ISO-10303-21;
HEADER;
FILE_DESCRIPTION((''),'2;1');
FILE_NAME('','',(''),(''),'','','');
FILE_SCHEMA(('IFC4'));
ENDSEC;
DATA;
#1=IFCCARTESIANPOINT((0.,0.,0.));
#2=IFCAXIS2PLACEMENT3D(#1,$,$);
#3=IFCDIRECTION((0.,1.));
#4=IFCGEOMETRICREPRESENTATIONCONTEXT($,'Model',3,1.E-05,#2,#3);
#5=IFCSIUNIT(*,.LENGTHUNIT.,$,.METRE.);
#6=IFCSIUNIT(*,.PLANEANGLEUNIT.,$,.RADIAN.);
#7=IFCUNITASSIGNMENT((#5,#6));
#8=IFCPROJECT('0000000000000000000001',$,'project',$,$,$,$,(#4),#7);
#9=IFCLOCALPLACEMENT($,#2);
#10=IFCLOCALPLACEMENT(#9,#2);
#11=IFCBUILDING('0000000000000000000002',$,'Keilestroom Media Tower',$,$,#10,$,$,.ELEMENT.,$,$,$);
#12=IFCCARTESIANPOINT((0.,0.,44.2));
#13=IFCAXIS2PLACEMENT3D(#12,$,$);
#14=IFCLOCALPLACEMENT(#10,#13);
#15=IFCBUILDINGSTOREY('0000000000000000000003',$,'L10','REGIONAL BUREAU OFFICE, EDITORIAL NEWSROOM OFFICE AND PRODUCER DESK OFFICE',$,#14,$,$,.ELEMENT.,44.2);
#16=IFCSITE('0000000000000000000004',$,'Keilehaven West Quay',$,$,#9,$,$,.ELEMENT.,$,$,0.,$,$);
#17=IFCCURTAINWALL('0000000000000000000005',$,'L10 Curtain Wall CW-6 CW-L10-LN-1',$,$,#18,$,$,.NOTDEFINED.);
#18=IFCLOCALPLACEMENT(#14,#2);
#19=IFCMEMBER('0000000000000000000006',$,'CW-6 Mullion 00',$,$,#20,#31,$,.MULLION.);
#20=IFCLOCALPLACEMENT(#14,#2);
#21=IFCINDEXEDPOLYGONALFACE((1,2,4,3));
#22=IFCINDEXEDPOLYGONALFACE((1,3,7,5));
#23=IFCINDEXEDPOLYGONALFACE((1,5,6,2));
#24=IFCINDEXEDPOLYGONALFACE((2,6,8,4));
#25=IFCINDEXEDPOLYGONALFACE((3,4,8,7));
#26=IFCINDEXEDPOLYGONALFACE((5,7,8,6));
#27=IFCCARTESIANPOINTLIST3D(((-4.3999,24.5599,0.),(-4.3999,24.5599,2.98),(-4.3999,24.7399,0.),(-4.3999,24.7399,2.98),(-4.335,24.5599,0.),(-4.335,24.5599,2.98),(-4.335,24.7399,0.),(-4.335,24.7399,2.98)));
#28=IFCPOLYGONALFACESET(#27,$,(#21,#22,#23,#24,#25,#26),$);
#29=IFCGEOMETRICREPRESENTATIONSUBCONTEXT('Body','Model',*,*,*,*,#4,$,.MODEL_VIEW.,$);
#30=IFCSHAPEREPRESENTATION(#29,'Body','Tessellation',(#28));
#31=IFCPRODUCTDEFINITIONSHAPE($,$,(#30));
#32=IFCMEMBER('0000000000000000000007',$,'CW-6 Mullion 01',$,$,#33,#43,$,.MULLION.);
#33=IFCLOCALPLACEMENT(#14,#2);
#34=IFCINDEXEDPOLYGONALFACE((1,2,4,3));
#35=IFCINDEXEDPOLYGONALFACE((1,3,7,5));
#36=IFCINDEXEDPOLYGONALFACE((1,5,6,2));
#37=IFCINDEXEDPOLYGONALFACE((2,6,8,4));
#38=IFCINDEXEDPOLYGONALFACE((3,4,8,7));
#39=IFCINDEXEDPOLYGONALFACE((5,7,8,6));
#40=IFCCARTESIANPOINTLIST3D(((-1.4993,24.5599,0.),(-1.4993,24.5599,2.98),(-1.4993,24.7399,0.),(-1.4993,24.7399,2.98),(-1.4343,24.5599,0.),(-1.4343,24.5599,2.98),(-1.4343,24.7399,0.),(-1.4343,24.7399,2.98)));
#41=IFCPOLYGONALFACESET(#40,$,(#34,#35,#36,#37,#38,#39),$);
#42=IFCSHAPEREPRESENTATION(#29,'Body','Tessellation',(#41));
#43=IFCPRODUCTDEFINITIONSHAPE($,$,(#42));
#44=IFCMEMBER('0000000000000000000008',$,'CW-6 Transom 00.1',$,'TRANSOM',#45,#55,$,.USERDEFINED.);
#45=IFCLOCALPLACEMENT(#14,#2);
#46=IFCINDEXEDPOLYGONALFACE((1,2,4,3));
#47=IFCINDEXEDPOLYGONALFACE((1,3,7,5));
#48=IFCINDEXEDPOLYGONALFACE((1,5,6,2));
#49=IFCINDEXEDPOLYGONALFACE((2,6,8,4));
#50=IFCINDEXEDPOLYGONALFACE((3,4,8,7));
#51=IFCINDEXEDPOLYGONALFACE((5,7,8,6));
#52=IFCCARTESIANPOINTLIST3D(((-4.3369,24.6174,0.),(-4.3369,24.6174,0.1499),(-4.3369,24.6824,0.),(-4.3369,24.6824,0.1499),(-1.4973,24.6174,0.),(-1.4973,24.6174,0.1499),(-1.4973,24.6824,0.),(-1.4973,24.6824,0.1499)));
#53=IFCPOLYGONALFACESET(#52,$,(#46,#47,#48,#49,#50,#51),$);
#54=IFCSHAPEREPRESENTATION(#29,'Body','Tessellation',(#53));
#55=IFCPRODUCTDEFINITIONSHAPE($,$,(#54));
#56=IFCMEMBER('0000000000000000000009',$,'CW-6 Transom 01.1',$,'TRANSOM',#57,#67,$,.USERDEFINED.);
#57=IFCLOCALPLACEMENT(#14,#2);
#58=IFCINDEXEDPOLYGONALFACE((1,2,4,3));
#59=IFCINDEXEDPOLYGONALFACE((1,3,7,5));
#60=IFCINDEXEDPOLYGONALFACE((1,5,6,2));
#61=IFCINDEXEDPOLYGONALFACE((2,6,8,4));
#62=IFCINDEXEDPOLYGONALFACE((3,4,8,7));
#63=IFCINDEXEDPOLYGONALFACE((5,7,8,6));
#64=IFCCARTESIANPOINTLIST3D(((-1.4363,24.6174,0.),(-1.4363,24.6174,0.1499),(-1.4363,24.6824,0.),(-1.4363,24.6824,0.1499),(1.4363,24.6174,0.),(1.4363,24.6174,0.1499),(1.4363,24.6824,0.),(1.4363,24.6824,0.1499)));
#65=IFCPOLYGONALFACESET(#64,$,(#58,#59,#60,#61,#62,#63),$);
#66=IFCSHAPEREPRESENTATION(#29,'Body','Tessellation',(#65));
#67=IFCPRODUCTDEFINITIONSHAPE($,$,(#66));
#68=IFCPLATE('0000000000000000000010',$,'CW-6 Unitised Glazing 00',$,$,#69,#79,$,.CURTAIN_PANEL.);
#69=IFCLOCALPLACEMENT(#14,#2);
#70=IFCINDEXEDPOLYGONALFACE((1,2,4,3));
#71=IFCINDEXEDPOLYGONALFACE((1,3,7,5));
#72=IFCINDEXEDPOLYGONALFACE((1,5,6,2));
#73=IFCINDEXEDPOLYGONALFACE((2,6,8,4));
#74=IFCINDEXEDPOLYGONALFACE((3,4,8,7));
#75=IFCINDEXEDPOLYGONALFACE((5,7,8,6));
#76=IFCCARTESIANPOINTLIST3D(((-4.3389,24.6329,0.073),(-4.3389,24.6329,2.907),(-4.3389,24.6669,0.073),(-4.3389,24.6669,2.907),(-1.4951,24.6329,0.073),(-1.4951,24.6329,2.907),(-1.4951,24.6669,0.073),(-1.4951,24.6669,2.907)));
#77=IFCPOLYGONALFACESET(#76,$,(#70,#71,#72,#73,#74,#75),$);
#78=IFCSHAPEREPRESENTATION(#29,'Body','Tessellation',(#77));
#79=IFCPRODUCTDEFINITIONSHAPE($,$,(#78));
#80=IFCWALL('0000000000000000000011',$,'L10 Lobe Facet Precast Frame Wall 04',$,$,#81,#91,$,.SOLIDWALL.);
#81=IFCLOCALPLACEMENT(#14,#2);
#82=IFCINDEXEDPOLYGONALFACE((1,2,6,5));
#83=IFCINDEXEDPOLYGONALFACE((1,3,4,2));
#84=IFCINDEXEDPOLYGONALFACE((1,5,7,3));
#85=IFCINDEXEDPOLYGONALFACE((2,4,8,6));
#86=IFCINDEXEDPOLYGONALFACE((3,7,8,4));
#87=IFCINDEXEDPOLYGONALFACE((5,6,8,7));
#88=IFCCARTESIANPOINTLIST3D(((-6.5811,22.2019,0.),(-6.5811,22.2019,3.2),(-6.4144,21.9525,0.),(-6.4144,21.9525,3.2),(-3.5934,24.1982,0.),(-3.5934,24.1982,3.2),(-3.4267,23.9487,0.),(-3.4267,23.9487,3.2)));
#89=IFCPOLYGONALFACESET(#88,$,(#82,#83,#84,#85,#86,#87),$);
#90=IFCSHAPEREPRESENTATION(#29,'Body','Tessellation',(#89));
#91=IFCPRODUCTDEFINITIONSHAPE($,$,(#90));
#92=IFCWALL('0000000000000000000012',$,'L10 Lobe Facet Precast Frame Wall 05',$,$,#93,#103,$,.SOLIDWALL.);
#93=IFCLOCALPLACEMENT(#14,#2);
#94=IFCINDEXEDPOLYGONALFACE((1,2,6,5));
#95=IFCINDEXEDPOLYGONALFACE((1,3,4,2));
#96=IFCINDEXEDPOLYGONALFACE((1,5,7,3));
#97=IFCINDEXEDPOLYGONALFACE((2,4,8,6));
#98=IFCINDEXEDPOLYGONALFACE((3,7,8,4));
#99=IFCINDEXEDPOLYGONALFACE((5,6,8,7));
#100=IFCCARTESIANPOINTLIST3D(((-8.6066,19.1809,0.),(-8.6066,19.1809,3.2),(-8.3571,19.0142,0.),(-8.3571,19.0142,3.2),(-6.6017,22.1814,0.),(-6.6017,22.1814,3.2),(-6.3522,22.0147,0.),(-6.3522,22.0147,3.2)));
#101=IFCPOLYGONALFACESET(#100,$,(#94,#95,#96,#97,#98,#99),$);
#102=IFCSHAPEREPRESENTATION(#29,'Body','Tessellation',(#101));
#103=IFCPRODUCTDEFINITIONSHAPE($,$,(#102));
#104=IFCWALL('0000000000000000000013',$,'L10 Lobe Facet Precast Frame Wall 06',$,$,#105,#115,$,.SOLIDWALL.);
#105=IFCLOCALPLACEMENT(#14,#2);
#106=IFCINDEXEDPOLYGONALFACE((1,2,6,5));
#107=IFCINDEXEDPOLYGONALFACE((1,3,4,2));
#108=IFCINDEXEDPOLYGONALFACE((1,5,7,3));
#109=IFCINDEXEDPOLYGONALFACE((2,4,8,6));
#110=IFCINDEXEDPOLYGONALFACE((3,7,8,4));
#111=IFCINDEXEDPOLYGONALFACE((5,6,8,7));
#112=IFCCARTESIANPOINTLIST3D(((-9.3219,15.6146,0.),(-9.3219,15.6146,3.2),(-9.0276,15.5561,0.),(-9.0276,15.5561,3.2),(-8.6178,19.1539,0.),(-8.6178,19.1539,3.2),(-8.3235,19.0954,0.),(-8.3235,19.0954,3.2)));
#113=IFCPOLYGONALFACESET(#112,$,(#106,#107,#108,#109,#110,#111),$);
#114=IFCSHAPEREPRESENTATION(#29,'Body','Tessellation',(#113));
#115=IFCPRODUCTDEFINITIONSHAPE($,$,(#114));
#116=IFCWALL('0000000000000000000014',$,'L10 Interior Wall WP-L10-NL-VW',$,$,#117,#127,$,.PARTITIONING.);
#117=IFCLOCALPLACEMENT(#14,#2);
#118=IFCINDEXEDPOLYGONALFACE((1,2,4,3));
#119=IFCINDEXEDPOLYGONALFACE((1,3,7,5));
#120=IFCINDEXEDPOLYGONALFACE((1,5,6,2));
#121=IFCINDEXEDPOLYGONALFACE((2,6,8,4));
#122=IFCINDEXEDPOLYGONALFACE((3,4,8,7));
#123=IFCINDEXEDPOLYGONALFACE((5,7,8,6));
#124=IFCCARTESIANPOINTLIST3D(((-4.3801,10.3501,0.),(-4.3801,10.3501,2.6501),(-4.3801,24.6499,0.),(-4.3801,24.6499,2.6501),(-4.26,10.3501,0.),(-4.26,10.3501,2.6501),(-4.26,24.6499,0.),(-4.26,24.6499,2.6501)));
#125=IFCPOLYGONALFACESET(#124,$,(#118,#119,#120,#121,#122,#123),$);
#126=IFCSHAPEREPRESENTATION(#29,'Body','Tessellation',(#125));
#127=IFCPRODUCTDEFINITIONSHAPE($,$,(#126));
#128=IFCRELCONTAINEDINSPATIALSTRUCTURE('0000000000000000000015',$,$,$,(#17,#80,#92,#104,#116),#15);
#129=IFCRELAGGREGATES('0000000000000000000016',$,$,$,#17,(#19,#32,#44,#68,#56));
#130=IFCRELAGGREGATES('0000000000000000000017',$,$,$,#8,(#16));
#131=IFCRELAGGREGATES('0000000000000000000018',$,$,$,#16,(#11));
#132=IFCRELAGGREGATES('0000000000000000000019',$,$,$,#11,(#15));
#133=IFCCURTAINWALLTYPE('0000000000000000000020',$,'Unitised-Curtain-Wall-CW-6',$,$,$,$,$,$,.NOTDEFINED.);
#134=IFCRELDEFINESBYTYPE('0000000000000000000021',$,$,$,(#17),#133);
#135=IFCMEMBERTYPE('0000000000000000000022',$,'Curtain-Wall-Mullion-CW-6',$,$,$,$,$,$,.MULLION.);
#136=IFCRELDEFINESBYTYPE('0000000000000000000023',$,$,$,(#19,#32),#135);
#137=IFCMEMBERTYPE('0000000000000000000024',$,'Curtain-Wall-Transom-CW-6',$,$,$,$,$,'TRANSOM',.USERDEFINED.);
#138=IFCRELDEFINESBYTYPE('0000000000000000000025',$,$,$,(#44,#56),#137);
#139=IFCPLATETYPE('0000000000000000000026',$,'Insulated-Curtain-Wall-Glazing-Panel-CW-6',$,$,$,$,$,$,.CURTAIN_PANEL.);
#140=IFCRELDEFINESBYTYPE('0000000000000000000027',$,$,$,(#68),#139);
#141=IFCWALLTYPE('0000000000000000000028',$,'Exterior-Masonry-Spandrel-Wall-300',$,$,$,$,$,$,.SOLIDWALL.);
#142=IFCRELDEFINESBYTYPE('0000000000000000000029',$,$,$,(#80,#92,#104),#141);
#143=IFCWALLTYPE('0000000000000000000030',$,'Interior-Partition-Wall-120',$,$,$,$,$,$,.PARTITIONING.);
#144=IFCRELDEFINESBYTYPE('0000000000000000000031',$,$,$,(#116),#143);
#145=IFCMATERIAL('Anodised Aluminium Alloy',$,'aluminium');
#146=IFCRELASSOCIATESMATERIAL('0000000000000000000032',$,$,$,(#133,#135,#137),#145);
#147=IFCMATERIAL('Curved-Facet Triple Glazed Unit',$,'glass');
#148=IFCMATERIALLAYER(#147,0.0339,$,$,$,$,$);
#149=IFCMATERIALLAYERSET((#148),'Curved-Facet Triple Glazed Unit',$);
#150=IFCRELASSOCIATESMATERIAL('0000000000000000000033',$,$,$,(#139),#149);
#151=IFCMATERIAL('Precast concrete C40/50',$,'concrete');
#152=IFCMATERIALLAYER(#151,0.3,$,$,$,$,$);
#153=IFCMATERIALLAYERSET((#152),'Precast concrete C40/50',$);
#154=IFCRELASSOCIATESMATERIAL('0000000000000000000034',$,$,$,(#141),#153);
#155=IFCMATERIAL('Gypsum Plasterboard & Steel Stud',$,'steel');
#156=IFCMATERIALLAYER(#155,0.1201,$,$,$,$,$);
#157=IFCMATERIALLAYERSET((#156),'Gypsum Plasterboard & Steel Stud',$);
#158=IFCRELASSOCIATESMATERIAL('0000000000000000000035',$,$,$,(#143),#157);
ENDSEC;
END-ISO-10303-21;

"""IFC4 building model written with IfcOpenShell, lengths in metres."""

from ifc_helpers import new_model, si_unit, direction, frame, frame_2d, origin, origin_2d, place, context, subcontext, project, spatial, rectangle, extrude, source, transform, mapped, material, layer, layer_set, material_profile, profile_set, type_object, element, aggregate, save


model = new_model("IFC4")

# Units and contexts
model_context = context("Model", 3, precision=1e-05, world=origin(), true_north=direction((0.0, 1.0)))
body_context = subcontext(model_context, "Body", "Model", "MODEL_VIEW")
ifc_project = project(units=[si_unit("LENGTHUNIT", "METRE"), si_unit("PLANEANGLEUNIT", "RADIAN")], contexts=[model_context])

# Site, building, storey
site_placement = place(None, origin())
site = spatial("IfcSite", under=ifc_project, at=site_placement, Name="Keilehaven West Quay", CompositionType="ELEMENT", RefElevation=0.0)
building_placement = place(site_placement, origin())
building = spatial("IfcBuilding", under=site, at=building_placement, Name="Keilestroom Media Tower", CompositionType="ELEMENT")
storey_placement = place(building_placement, frame((0.0, 0.0, 44.2)))
storey = spatial("IfcBuildingStorey", under=building, at=storey_placement, Name="L10", Description="REGIONAL BUREAU OFFICE, EDITORIAL NEWSROOM OFFICE AND PRODUCER DESK OFFICE", CompositionType="ELEMENT", Elevation=44.2)

# Curtain wall, members, plate
ifc_material_1 = material(Name="Anodised Aluminium Alloy", Category="aluminium")
curtain_wall_type = type_object("IfcCurtainWallType", Name="Unitised-Curtain-Wall-CW-6", PredefinedType="NOTDEFINED", material=ifc_material_1)
curtain_wall_placement = place(storey_placement, origin())
curtain_wall = element("IfcCurtainWall", 1, at=curtain_wall_placement, inside=storey, type_object=curtain_wall_type, Name="L10 Curtain Wall CW-6 CW-L10-LN-1", PredefinedType="NOTDEFINED")
ifc_material_profile_1 = material_profile(ifc_material_1, rectangle(XDim=0.0649, YDim=0.1799, at=origin_2d()), Name="ALU MULLION 65x180")
ifc_profile_set_1 = profile_set([ifc_material_profile_1], Name="Anodised Aluminium Alloy")
member_type_1 = type_object("IfcMemberType", Name="Curtain-Wall-Mullion-CW-6", PredefinedType="MULLION", material=ifc_profile_set_1)
shared_shape_1 = source(origin(), body_context, "Body", "SweptSolid", [
    extrude(rectangle(XDim=0.0649, YDim=0.1799, at=origin_2d()), origin(), (0.0, 0.0, 1.0), 2.98),
])
member_1_placement = place(storey_placement, frame((-4.3674, 24.6499, 0.0), z_axis=(0.0, 0.0, 1.0), x_axis=(1.0, 0.0, 0.0)))
member_1 = element("IfcMember", 2, at=member_1_placement, type_object=member_type_1, Name="CW-6 Mullion 00", PredefinedType="MULLION", context=body_context, shape_type="MappedRepresentation", body=[
    mapped(shared_shape_1, transform((0.0, 0.0, 0.0), x_axis=(1.0, 0.0, 0.0), y_axis=(0.0, 1.0, 0.0), z_axis=(0.0, 0.0, 1.0), scale=1.0)),
])
member_2_placement = place(storey_placement, frame((-1.4668, 24.6499, 0.0), z_axis=(0.0, 0.0, 1.0), x_axis=(1.0, 0.0, 0.0)))
member_2 = element("IfcMember", 3, at=member_2_placement, type_object=member_type_1, Name="CW-6 Mullion 01", PredefinedType="MULLION", context=body_context, shape_type="MappedRepresentation", body=[
    mapped(shared_shape_1, transform((0.0, 0.0, 0.0), x_axis=(1.0, 0.0, 0.0), y_axis=(0.0, 1.0, 0.0), z_axis=(0.0, 0.0, 1.0), scale=1.0)),
])
ifc_material_profile_2 = material_profile(ifc_material_1, rectangle(XDim=0.0649, YDim=0.1499, at=origin_2d()), Name="ALU TRANSOM 65x150")
ifc_profile_set_2 = profile_set([ifc_material_profile_2], Name="Anodised Aluminium Alloy")
member_type_2 = type_object("IfcMemberType", Name="Curtain-Wall-Transom-CW-6", ElementType="TRANSOM", PredefinedType="USERDEFINED", material=ifc_profile_set_2)
shared_shape_2 = source(origin(), body_context, "Body", "SweptSolid", [
    extrude(rectangle(XDim=0.0649, YDim=0.1499, at=origin_2d()), origin(), (0.0, 0.0, 1.0), 2.8396),
])
member_3_placement = place(storey_placement, frame((-4.3369, 24.6499, 0.075), z_axis=(1.0, 0.0, 0.0), x_axis=(0.0, 1.0, 0.0)))
member_3 = element("IfcMember", 4, at=member_3_placement, type_object=member_type_2, Name="CW-6 Transom 00.1", ObjectType="TRANSOM", PredefinedType="USERDEFINED", context=body_context, shape_type="MappedRepresentation", body=[
    mapped(shared_shape_2, transform((0.0, 0.0, 0.0), x_axis=(1.0, 0.0, 0.0), y_axis=(0.0, 1.0, 0.0), z_axis=(0.0, 0.0, 1.0), scale=1.0)),
])
shared_shape_3 = source(origin(), body_context, "Body", "SweptSolid", [
    extrude(rectangle(XDim=0.0649, YDim=0.1499, at=origin_2d()), origin(), (0.0, 0.0, 1.0), 2.8726),
])
member_4_placement = place(storey_placement, frame((-1.4363, 24.6499, 0.075), z_axis=(1.0, 0.0, 0.0), x_axis=(0.0, 1.0, 0.0)))
member_4 = element("IfcMember", 5, at=member_4_placement, type_object=member_type_2, Name="CW-6 Transom 01.1", ObjectType="TRANSOM", PredefinedType="USERDEFINED", context=body_context, shape_type="MappedRepresentation", body=[
    mapped(shared_shape_3, transform((0.0, 0.0, 0.0), x_axis=(1.0, 0.0, 0.0), y_axis=(0.0, 1.0, 0.0), z_axis=(0.0, 0.0, 1.0), scale=1.0)),
])
ifc_material_2 = material(Name="Curved-Facet Triple Glazed Unit", Category="glass")
ifc_layer_1 = layer(ifc_material_2, 0.0339)
ifc_layer_set_1 = layer_set([ifc_layer_1], Name="Curved-Facet Triple Glazed Unit")
plate_type = type_object("IfcPlateType", Name="Insulated-Curtain-Wall-Glazing-Panel-CW-6", PredefinedType="CURTAIN_PANEL", material=ifc_layer_set_1)
shared_shape_4 = source(origin(), body_context, "Body", "SweptSolid", [
    extrude(rectangle(XDim=2.8438, YDim=0.0339, at=origin_2d()), origin(), (0.0, 0.0, 1.0), 2.834),
])
plate_placement = place(storey_placement, frame((-2.917, 24.6499, 0.073), z_axis=(0.0, 0.0, 1.0), x_axis=(1.0, 0.0, 0.0)))
plate = element("IfcPlate", 6, at=plate_placement, type_object=plate_type, Name="CW-6 Unitised Glazing 00", PredefinedType="CURTAIN_PANEL", context=body_context, shape_type="MappedRepresentation", body=[
    mapped(shared_shape_4, transform((0.0, 0.0, 0.0), x_axis=(1.0, 0.0, 0.0), y_axis=(0.0, 1.0, 0.0), z_axis=(0.0, 0.0, 1.0), scale=1.0)),
])
aggregate(curtain_wall, [member_1, member_2, member_3, plate, member_4])

# Walls
ifc_material_3 = material(Name="Precast concrete C40/50", Category="concrete")
ifc_layer_2 = layer(ifc_material_3, 0.3)
ifc_layer_set_2 = layer_set([ifc_layer_2], Name="Precast concrete C40/50")
wall_type_1 = type_object("IfcWallType", Name="Exterior-Masonry-Spandrel-Wall-300", PredefinedType="SOLIDWALL", material=ifc_layer_set_2)
wall_1_placement = place(storey_placement, frame((-3.51, 24.0735, 0.0), z_axis=(0.0, 0.0, 1.0), x_axis=(-0.831475, -0.555562, 0.0)))
element("IfcWall", 7, at=wall_1_placement, inside=storey, type_object=wall_type_1, Name="L10 Lobe Facet Precast Frame Wall 04", PredefinedType="SOLIDWALL", context=body_context, shape_type="SweptSolid", body=[
    extrude(rectangle(XDim=3.5933, YDim=0.3, at=frame_2d((1.7966, 0.0))), origin(), (0.0, 0.0, 1.0), 3.2),
])
for number, where, z_axis, x_axis, name in (
    (8, (-6.4771, 22.0979, 0.0), (0.0, 0.0, 1.0), (-0.555574, -0.831467, 0.0), "L10 Lobe Facet Precast Frame Wall 05"),
    (9, (-8.4707, 19.1245, 0.0), (0.0, 0.0, 1.0), (-0.195114, -0.980781, 0.0), "L10 Lobe Facet Precast Frame Wall 06"),
):
    element("IfcWall", number, at=place(storey_placement, frame(where, z_axis=z_axis, x_axis=x_axis)), inside=storey, type_object=wall_type_1, Name=name, PredefinedType="SOLIDWALL", context=body_context, shape_type="SweptSolid", body=[
        extrude(rectangle(XDim=3.6086, YDim=0.3, at=frame_2d((1.8042, 0.0))), origin(), (0.0, 0.0, 1.0), 3.2),
    ])
ifc_material_4 = material(Name="Gypsum Plasterboard & Steel Stud", Category="steel")
ifc_layer_3 = layer(ifc_material_4, 0.1201)
ifc_layer_set_3 = layer_set([ifc_layer_3], Name="Gypsum Plasterboard & Steel Stud")
wall_type_2 = type_object("IfcWallType", Name="Interior-Partition-Wall-120", PredefinedType="PARTITIONING", material=ifc_layer_set_3)
wall_2_placement = place(storey_placement, frame((-4.3201, 10.3501, 0.0), z_axis=(0.0, 0.0, 1.0), x_axis=(0.0, 1.0, 0.0)))
element("IfcWall", 10, at=wall_2_placement, inside=storey, type_object=wall_type_2, Name="L10 Interior Wall WP-L10-NL-VW", PredefinedType="PARTITIONING", context=body_context, shape_type="SweptSolid", body=[
    extrude(rectangle(XDim=14.2998, YDim=0.1201, at=frame_2d((7.1499, 0.0))), origin(), (0.0, 0.0, 1.0), 2.6501),
])

save(model, "model.ifc")
